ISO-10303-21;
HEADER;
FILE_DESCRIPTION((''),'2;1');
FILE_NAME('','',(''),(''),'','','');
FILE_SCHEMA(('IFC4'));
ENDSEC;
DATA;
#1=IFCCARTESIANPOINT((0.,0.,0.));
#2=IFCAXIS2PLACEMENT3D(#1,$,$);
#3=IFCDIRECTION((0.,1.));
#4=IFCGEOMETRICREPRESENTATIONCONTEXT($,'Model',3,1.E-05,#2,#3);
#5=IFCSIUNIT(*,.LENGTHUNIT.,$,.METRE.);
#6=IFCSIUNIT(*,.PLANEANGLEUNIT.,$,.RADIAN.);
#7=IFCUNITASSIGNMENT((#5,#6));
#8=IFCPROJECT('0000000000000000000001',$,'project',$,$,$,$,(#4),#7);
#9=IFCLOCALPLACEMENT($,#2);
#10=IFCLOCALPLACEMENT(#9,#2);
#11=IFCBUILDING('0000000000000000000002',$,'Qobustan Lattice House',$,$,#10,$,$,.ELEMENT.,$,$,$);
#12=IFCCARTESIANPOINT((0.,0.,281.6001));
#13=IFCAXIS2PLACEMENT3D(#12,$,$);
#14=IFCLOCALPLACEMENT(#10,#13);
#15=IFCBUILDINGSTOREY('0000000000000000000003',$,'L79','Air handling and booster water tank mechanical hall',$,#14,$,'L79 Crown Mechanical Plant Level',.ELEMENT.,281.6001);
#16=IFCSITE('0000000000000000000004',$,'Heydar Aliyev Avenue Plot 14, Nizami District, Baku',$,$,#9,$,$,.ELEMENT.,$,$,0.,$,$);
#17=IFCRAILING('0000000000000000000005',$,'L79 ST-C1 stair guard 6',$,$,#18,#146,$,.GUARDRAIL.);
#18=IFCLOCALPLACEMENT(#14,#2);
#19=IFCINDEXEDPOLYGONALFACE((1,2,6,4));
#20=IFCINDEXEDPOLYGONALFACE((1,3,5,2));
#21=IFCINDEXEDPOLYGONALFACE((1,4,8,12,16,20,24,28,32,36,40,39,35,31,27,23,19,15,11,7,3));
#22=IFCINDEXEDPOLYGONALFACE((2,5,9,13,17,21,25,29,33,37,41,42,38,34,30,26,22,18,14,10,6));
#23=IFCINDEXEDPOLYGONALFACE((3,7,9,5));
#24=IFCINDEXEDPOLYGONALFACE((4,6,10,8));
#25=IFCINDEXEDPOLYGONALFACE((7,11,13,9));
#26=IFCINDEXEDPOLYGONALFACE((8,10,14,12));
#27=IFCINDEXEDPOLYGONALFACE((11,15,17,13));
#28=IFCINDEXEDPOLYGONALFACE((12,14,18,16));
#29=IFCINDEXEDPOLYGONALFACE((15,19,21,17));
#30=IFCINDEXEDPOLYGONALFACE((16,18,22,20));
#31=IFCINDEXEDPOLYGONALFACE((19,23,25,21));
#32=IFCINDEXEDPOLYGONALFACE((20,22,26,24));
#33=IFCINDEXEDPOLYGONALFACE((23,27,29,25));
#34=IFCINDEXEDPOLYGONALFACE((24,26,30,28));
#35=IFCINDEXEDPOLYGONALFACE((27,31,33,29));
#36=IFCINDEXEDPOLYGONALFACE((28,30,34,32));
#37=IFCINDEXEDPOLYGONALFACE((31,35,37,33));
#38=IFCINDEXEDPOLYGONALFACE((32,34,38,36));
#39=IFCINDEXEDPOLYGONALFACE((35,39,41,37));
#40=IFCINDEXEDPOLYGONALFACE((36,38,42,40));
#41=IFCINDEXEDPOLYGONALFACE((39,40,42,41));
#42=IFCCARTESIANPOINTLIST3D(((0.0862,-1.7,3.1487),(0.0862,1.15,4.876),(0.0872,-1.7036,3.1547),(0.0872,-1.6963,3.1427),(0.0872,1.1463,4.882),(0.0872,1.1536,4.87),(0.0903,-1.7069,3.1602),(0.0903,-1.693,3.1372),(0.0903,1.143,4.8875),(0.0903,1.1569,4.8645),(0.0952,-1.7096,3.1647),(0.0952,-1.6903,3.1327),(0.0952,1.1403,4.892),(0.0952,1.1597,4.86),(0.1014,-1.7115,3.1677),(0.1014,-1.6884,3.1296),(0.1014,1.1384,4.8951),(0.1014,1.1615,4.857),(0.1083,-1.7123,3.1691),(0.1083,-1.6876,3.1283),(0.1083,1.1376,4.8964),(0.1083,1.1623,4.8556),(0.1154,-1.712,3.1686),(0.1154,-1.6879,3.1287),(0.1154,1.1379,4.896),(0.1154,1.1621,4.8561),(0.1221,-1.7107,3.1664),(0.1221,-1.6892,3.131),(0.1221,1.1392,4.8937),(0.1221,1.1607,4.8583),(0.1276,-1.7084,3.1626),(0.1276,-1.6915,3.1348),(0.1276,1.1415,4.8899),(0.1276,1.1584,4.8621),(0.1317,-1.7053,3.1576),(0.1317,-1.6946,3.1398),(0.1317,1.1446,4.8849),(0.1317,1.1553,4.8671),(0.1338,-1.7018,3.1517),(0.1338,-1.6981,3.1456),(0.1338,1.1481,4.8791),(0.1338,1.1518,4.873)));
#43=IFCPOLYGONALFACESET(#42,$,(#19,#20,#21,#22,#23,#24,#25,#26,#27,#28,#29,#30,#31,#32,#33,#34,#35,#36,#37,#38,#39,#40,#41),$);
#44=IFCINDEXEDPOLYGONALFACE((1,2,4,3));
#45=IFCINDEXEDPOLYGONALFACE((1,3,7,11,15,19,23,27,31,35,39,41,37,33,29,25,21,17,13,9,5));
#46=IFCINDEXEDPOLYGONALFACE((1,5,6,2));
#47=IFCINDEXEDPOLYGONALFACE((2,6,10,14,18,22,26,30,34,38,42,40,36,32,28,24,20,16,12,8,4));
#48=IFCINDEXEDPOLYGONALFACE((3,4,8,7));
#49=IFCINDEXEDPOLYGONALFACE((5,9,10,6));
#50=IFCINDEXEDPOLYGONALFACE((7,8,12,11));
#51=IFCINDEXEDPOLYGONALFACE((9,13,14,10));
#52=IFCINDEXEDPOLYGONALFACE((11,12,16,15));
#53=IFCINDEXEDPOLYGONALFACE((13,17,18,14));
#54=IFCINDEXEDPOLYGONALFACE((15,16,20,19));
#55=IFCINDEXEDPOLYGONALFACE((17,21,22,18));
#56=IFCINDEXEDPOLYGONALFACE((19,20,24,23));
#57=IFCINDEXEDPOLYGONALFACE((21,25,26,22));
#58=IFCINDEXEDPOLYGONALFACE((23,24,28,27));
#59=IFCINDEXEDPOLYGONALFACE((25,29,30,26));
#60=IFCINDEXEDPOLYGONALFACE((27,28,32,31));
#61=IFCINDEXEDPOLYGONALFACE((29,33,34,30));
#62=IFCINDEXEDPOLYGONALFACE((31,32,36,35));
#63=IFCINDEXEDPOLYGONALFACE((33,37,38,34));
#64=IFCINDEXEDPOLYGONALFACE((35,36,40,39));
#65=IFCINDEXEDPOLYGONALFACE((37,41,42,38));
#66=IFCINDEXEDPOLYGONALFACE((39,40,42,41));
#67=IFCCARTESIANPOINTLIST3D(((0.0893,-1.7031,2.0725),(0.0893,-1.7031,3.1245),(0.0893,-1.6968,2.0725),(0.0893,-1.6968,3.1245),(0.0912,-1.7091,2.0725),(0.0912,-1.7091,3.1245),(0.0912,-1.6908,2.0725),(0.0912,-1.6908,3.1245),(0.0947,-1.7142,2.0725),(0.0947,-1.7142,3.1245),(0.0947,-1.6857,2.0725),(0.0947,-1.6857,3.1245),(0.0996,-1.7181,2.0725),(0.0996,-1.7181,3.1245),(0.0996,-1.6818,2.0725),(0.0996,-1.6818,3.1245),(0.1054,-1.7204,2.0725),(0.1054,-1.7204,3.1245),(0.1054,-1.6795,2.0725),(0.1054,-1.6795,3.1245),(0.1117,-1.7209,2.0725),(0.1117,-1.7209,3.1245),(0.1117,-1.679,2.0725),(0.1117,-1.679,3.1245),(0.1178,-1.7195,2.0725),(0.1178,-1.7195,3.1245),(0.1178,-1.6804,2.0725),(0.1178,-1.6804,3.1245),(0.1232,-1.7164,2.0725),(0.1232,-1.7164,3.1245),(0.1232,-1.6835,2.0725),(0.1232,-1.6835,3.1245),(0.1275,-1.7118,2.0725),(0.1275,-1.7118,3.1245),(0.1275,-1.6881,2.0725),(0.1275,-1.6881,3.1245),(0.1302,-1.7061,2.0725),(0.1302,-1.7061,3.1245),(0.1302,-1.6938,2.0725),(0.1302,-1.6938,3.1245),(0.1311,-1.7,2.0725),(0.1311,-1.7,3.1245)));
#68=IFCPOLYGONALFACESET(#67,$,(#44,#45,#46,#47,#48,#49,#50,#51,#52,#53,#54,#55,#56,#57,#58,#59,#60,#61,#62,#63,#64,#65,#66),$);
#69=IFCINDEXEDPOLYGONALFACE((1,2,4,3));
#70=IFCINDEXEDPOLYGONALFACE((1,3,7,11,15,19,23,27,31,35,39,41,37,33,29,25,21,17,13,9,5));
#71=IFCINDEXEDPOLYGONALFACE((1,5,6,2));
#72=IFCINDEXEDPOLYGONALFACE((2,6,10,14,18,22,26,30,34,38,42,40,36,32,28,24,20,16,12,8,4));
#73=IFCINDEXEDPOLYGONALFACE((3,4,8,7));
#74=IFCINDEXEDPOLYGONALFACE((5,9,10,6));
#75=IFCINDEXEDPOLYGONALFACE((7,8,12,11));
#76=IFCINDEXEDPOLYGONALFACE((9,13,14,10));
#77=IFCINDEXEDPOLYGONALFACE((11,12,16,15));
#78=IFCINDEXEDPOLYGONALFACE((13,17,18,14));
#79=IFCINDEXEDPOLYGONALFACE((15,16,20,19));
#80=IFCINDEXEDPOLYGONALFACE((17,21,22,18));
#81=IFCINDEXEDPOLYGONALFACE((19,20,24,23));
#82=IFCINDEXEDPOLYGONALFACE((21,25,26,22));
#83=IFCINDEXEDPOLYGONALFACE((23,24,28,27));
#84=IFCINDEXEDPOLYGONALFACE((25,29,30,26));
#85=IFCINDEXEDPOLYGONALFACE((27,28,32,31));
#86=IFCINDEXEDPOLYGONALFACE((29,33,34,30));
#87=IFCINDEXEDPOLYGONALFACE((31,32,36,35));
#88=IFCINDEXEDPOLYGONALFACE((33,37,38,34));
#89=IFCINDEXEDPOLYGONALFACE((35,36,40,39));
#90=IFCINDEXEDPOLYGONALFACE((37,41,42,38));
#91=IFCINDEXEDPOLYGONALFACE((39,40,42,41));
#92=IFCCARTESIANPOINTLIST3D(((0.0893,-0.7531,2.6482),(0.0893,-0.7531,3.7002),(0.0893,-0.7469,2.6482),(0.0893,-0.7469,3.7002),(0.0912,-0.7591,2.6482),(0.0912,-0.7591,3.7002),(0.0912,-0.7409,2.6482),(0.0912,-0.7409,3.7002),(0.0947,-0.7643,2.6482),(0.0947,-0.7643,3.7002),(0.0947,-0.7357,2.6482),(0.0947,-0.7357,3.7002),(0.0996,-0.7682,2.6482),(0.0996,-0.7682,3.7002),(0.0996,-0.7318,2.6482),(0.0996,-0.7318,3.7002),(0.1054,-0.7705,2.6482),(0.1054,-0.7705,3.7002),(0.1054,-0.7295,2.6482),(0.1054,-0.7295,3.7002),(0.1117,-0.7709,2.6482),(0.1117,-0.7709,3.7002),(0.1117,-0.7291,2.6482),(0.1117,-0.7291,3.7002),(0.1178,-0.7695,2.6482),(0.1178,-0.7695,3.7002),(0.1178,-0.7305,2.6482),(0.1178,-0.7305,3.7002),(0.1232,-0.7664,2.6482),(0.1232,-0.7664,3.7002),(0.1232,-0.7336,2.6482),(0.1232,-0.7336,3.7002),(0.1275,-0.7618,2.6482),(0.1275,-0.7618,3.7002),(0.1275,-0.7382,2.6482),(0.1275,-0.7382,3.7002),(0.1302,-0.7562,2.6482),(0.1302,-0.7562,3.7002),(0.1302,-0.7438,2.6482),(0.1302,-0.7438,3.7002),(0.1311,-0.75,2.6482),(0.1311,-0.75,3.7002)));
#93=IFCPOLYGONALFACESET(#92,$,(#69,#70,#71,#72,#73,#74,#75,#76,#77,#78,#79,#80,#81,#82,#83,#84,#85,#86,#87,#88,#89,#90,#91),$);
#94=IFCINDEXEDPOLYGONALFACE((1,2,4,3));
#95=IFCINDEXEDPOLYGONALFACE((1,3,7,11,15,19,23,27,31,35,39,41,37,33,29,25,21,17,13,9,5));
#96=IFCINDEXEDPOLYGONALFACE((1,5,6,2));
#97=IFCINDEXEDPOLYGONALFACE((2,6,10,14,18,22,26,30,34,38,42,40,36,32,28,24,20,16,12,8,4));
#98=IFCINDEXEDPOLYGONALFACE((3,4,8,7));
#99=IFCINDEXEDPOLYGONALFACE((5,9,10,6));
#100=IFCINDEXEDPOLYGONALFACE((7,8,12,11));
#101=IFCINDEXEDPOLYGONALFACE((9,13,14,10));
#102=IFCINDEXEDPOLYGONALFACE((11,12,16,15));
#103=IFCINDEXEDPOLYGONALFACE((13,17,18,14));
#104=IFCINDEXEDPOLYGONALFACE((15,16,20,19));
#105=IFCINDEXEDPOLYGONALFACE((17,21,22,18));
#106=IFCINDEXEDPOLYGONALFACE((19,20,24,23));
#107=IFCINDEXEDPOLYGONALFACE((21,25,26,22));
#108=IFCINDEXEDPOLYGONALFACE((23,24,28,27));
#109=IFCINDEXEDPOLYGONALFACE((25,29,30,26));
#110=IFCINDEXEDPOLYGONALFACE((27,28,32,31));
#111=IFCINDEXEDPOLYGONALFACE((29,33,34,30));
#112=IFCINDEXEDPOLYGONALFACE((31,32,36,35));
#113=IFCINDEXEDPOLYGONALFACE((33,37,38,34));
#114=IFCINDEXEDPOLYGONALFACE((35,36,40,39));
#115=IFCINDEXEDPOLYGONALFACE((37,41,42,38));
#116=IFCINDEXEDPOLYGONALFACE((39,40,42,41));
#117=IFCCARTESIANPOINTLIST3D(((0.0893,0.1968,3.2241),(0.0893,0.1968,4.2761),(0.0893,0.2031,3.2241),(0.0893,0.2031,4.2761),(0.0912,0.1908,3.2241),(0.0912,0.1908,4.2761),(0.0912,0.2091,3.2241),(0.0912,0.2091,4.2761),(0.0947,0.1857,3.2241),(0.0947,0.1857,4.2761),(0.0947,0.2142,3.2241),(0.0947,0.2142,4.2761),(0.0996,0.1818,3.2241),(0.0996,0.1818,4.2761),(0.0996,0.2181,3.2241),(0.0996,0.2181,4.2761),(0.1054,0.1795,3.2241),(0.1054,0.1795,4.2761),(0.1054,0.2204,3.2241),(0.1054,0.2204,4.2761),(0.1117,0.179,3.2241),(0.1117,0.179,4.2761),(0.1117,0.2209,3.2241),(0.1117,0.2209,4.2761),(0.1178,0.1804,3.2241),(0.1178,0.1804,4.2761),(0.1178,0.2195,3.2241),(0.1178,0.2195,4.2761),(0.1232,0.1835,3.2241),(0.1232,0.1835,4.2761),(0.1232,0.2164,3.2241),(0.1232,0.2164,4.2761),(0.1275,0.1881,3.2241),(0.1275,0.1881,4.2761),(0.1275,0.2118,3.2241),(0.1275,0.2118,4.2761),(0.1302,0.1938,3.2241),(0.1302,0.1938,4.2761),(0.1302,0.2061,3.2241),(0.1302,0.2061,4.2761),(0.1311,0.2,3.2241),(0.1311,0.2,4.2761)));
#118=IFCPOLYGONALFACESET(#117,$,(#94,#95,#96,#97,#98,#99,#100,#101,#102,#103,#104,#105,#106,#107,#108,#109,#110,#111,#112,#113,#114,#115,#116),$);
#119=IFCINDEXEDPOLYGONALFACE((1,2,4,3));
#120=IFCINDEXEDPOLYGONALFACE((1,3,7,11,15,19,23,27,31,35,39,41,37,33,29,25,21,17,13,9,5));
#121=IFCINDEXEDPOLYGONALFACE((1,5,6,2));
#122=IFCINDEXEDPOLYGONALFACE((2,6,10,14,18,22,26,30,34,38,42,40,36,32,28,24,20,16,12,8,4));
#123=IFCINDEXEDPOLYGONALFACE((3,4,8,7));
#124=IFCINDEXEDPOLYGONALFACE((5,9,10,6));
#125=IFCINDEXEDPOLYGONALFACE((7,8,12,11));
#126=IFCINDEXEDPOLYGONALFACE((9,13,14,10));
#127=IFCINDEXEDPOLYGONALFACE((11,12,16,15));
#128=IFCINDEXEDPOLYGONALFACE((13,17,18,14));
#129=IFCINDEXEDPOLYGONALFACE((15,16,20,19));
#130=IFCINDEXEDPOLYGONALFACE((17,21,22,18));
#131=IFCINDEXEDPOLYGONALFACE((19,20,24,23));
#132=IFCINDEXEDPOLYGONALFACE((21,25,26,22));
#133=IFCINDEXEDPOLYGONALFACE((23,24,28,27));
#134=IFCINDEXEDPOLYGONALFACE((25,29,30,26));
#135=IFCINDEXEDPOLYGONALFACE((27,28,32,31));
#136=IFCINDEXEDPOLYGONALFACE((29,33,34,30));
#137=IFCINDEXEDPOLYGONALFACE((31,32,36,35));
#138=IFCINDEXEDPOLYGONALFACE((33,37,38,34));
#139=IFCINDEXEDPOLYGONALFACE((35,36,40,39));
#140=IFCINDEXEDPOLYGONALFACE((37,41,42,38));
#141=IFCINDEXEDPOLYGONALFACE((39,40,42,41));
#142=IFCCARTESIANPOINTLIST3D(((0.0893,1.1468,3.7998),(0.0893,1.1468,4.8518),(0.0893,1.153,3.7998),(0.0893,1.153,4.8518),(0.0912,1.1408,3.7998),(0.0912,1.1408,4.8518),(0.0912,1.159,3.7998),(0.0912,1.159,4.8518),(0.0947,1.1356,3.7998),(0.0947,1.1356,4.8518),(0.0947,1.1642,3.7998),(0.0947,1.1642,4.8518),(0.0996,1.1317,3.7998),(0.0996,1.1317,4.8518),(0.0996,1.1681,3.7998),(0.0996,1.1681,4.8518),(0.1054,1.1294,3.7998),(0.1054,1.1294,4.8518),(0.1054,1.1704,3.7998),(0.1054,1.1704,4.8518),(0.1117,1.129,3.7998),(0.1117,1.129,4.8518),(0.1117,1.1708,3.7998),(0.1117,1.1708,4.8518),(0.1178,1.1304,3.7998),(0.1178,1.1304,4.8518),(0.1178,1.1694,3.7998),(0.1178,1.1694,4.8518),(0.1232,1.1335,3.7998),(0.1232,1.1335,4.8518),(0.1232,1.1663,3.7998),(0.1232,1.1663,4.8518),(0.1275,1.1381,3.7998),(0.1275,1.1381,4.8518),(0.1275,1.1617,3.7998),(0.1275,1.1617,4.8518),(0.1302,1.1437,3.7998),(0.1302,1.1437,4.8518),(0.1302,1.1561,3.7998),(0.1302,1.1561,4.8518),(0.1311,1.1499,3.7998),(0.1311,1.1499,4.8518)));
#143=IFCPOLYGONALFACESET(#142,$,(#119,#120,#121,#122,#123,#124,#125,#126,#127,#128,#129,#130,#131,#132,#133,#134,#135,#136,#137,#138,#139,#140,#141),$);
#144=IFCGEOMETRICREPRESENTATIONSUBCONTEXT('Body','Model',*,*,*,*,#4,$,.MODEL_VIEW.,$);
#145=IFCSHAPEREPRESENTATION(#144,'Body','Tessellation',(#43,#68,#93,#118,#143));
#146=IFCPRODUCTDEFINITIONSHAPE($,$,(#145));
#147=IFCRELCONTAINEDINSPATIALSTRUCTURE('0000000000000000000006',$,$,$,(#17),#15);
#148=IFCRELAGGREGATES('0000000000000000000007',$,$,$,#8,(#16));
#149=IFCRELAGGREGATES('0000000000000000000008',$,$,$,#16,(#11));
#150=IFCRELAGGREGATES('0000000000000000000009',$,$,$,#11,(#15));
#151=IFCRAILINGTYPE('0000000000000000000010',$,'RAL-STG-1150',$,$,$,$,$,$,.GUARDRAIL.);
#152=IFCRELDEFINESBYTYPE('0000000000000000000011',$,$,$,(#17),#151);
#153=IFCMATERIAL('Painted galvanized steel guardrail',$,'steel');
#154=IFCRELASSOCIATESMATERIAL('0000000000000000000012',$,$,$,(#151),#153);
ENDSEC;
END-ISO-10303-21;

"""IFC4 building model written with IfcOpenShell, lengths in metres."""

from ifc_helpers import new_model, si_unit, direction, frame, origin, origin_2d, place, context, subcontext, project, spatial, circle, extrude, material, type_object, element, save


model = new_model("IFC4")

# Units and contexts
model_context = context("Model", 3, precision=1e-05, world=origin(), true_north=direction((0.0, 1.0)))
body_context = subcontext(model_context, "Body", "Model", "MODEL_VIEW")
ifc_project = project(units=[si_unit("LENGTHUNIT", "METRE"), si_unit("PLANEANGLEUNIT", "RADIAN")], contexts=[model_context])

# Site, building, storey
site_placement = place(None, origin())
site = spatial("IfcSite", under=ifc_project, at=site_placement, Name="Heydar Aliyev Avenue Plot 14, Nizami District, Baku", CompositionType="ELEMENT", RefElevation=0.0)
building_placement = place(site_placement, origin())
building = spatial("IfcBuilding", under=site, at=building_placement, Name="Qobustan Lattice House", CompositionType="ELEMENT")
storey_placement = place(building_placement, frame((0.0, 0.0, 281.6001)))
storey = spatial("IfcBuildingStorey", under=building, at=storey_placement, Name="L79", Description="Air handling and booster water tank mechanical hall", LongName="L79 Crown Mechanical Plant Level", CompositionType="ELEMENT", Elevation=281.6001)

# Railing
ifc_material_1 = material(Name="Painted galvanized steel guardrail", Category="steel")
railing_type_1 = type_object("IfcRailingType", Name="RAL-STG-1150", PredefinedType="GUARDRAIL", material=ifc_material_1)
railing_1_placement = place(storey_placement, frame((0.1101, -1.7, 2.0725)))
element("IfcRailing", 1, at=railing_1_placement, inside=storey, type_object=railing_type_1, Name="L79 ST-C1 stair guard 6", PredefinedType="GUARDRAIL", context=body_context, shape_type="SweptSolid", body=[
    extrude(circle(Radius=0.0239, at=origin_2d()), frame((0.0, 0.0, 1.0762), z_axis=(0.0, 0.855183, 0.518326), x_axis=(-1.0, 0.0, 0.0)), (0.0, 0.0, 1.0), 3.3325),
    extrude(circle(Radius=0.021, at=origin_2d()), origin(), (0.0, 0.0, 1.0), 1.052),
    extrude(circle(Radius=0.021, at=origin_2d()), frame((0.0, 0.95, 0.5757)), (0.0, 0.0, 1.0), 1.052),
    extrude(circle(Radius=0.021, at=origin_2d()), frame((0.0, 1.8999, 1.1516)), (0.0, 0.0, 1.0), 1.052),
    extrude(circle(Radius=0.021, at=origin_2d()), frame((0.0, 2.8499, 1.7273)), (0.0, 0.0, 1.0), 1.052),
])

save(model, "model.ifc")
